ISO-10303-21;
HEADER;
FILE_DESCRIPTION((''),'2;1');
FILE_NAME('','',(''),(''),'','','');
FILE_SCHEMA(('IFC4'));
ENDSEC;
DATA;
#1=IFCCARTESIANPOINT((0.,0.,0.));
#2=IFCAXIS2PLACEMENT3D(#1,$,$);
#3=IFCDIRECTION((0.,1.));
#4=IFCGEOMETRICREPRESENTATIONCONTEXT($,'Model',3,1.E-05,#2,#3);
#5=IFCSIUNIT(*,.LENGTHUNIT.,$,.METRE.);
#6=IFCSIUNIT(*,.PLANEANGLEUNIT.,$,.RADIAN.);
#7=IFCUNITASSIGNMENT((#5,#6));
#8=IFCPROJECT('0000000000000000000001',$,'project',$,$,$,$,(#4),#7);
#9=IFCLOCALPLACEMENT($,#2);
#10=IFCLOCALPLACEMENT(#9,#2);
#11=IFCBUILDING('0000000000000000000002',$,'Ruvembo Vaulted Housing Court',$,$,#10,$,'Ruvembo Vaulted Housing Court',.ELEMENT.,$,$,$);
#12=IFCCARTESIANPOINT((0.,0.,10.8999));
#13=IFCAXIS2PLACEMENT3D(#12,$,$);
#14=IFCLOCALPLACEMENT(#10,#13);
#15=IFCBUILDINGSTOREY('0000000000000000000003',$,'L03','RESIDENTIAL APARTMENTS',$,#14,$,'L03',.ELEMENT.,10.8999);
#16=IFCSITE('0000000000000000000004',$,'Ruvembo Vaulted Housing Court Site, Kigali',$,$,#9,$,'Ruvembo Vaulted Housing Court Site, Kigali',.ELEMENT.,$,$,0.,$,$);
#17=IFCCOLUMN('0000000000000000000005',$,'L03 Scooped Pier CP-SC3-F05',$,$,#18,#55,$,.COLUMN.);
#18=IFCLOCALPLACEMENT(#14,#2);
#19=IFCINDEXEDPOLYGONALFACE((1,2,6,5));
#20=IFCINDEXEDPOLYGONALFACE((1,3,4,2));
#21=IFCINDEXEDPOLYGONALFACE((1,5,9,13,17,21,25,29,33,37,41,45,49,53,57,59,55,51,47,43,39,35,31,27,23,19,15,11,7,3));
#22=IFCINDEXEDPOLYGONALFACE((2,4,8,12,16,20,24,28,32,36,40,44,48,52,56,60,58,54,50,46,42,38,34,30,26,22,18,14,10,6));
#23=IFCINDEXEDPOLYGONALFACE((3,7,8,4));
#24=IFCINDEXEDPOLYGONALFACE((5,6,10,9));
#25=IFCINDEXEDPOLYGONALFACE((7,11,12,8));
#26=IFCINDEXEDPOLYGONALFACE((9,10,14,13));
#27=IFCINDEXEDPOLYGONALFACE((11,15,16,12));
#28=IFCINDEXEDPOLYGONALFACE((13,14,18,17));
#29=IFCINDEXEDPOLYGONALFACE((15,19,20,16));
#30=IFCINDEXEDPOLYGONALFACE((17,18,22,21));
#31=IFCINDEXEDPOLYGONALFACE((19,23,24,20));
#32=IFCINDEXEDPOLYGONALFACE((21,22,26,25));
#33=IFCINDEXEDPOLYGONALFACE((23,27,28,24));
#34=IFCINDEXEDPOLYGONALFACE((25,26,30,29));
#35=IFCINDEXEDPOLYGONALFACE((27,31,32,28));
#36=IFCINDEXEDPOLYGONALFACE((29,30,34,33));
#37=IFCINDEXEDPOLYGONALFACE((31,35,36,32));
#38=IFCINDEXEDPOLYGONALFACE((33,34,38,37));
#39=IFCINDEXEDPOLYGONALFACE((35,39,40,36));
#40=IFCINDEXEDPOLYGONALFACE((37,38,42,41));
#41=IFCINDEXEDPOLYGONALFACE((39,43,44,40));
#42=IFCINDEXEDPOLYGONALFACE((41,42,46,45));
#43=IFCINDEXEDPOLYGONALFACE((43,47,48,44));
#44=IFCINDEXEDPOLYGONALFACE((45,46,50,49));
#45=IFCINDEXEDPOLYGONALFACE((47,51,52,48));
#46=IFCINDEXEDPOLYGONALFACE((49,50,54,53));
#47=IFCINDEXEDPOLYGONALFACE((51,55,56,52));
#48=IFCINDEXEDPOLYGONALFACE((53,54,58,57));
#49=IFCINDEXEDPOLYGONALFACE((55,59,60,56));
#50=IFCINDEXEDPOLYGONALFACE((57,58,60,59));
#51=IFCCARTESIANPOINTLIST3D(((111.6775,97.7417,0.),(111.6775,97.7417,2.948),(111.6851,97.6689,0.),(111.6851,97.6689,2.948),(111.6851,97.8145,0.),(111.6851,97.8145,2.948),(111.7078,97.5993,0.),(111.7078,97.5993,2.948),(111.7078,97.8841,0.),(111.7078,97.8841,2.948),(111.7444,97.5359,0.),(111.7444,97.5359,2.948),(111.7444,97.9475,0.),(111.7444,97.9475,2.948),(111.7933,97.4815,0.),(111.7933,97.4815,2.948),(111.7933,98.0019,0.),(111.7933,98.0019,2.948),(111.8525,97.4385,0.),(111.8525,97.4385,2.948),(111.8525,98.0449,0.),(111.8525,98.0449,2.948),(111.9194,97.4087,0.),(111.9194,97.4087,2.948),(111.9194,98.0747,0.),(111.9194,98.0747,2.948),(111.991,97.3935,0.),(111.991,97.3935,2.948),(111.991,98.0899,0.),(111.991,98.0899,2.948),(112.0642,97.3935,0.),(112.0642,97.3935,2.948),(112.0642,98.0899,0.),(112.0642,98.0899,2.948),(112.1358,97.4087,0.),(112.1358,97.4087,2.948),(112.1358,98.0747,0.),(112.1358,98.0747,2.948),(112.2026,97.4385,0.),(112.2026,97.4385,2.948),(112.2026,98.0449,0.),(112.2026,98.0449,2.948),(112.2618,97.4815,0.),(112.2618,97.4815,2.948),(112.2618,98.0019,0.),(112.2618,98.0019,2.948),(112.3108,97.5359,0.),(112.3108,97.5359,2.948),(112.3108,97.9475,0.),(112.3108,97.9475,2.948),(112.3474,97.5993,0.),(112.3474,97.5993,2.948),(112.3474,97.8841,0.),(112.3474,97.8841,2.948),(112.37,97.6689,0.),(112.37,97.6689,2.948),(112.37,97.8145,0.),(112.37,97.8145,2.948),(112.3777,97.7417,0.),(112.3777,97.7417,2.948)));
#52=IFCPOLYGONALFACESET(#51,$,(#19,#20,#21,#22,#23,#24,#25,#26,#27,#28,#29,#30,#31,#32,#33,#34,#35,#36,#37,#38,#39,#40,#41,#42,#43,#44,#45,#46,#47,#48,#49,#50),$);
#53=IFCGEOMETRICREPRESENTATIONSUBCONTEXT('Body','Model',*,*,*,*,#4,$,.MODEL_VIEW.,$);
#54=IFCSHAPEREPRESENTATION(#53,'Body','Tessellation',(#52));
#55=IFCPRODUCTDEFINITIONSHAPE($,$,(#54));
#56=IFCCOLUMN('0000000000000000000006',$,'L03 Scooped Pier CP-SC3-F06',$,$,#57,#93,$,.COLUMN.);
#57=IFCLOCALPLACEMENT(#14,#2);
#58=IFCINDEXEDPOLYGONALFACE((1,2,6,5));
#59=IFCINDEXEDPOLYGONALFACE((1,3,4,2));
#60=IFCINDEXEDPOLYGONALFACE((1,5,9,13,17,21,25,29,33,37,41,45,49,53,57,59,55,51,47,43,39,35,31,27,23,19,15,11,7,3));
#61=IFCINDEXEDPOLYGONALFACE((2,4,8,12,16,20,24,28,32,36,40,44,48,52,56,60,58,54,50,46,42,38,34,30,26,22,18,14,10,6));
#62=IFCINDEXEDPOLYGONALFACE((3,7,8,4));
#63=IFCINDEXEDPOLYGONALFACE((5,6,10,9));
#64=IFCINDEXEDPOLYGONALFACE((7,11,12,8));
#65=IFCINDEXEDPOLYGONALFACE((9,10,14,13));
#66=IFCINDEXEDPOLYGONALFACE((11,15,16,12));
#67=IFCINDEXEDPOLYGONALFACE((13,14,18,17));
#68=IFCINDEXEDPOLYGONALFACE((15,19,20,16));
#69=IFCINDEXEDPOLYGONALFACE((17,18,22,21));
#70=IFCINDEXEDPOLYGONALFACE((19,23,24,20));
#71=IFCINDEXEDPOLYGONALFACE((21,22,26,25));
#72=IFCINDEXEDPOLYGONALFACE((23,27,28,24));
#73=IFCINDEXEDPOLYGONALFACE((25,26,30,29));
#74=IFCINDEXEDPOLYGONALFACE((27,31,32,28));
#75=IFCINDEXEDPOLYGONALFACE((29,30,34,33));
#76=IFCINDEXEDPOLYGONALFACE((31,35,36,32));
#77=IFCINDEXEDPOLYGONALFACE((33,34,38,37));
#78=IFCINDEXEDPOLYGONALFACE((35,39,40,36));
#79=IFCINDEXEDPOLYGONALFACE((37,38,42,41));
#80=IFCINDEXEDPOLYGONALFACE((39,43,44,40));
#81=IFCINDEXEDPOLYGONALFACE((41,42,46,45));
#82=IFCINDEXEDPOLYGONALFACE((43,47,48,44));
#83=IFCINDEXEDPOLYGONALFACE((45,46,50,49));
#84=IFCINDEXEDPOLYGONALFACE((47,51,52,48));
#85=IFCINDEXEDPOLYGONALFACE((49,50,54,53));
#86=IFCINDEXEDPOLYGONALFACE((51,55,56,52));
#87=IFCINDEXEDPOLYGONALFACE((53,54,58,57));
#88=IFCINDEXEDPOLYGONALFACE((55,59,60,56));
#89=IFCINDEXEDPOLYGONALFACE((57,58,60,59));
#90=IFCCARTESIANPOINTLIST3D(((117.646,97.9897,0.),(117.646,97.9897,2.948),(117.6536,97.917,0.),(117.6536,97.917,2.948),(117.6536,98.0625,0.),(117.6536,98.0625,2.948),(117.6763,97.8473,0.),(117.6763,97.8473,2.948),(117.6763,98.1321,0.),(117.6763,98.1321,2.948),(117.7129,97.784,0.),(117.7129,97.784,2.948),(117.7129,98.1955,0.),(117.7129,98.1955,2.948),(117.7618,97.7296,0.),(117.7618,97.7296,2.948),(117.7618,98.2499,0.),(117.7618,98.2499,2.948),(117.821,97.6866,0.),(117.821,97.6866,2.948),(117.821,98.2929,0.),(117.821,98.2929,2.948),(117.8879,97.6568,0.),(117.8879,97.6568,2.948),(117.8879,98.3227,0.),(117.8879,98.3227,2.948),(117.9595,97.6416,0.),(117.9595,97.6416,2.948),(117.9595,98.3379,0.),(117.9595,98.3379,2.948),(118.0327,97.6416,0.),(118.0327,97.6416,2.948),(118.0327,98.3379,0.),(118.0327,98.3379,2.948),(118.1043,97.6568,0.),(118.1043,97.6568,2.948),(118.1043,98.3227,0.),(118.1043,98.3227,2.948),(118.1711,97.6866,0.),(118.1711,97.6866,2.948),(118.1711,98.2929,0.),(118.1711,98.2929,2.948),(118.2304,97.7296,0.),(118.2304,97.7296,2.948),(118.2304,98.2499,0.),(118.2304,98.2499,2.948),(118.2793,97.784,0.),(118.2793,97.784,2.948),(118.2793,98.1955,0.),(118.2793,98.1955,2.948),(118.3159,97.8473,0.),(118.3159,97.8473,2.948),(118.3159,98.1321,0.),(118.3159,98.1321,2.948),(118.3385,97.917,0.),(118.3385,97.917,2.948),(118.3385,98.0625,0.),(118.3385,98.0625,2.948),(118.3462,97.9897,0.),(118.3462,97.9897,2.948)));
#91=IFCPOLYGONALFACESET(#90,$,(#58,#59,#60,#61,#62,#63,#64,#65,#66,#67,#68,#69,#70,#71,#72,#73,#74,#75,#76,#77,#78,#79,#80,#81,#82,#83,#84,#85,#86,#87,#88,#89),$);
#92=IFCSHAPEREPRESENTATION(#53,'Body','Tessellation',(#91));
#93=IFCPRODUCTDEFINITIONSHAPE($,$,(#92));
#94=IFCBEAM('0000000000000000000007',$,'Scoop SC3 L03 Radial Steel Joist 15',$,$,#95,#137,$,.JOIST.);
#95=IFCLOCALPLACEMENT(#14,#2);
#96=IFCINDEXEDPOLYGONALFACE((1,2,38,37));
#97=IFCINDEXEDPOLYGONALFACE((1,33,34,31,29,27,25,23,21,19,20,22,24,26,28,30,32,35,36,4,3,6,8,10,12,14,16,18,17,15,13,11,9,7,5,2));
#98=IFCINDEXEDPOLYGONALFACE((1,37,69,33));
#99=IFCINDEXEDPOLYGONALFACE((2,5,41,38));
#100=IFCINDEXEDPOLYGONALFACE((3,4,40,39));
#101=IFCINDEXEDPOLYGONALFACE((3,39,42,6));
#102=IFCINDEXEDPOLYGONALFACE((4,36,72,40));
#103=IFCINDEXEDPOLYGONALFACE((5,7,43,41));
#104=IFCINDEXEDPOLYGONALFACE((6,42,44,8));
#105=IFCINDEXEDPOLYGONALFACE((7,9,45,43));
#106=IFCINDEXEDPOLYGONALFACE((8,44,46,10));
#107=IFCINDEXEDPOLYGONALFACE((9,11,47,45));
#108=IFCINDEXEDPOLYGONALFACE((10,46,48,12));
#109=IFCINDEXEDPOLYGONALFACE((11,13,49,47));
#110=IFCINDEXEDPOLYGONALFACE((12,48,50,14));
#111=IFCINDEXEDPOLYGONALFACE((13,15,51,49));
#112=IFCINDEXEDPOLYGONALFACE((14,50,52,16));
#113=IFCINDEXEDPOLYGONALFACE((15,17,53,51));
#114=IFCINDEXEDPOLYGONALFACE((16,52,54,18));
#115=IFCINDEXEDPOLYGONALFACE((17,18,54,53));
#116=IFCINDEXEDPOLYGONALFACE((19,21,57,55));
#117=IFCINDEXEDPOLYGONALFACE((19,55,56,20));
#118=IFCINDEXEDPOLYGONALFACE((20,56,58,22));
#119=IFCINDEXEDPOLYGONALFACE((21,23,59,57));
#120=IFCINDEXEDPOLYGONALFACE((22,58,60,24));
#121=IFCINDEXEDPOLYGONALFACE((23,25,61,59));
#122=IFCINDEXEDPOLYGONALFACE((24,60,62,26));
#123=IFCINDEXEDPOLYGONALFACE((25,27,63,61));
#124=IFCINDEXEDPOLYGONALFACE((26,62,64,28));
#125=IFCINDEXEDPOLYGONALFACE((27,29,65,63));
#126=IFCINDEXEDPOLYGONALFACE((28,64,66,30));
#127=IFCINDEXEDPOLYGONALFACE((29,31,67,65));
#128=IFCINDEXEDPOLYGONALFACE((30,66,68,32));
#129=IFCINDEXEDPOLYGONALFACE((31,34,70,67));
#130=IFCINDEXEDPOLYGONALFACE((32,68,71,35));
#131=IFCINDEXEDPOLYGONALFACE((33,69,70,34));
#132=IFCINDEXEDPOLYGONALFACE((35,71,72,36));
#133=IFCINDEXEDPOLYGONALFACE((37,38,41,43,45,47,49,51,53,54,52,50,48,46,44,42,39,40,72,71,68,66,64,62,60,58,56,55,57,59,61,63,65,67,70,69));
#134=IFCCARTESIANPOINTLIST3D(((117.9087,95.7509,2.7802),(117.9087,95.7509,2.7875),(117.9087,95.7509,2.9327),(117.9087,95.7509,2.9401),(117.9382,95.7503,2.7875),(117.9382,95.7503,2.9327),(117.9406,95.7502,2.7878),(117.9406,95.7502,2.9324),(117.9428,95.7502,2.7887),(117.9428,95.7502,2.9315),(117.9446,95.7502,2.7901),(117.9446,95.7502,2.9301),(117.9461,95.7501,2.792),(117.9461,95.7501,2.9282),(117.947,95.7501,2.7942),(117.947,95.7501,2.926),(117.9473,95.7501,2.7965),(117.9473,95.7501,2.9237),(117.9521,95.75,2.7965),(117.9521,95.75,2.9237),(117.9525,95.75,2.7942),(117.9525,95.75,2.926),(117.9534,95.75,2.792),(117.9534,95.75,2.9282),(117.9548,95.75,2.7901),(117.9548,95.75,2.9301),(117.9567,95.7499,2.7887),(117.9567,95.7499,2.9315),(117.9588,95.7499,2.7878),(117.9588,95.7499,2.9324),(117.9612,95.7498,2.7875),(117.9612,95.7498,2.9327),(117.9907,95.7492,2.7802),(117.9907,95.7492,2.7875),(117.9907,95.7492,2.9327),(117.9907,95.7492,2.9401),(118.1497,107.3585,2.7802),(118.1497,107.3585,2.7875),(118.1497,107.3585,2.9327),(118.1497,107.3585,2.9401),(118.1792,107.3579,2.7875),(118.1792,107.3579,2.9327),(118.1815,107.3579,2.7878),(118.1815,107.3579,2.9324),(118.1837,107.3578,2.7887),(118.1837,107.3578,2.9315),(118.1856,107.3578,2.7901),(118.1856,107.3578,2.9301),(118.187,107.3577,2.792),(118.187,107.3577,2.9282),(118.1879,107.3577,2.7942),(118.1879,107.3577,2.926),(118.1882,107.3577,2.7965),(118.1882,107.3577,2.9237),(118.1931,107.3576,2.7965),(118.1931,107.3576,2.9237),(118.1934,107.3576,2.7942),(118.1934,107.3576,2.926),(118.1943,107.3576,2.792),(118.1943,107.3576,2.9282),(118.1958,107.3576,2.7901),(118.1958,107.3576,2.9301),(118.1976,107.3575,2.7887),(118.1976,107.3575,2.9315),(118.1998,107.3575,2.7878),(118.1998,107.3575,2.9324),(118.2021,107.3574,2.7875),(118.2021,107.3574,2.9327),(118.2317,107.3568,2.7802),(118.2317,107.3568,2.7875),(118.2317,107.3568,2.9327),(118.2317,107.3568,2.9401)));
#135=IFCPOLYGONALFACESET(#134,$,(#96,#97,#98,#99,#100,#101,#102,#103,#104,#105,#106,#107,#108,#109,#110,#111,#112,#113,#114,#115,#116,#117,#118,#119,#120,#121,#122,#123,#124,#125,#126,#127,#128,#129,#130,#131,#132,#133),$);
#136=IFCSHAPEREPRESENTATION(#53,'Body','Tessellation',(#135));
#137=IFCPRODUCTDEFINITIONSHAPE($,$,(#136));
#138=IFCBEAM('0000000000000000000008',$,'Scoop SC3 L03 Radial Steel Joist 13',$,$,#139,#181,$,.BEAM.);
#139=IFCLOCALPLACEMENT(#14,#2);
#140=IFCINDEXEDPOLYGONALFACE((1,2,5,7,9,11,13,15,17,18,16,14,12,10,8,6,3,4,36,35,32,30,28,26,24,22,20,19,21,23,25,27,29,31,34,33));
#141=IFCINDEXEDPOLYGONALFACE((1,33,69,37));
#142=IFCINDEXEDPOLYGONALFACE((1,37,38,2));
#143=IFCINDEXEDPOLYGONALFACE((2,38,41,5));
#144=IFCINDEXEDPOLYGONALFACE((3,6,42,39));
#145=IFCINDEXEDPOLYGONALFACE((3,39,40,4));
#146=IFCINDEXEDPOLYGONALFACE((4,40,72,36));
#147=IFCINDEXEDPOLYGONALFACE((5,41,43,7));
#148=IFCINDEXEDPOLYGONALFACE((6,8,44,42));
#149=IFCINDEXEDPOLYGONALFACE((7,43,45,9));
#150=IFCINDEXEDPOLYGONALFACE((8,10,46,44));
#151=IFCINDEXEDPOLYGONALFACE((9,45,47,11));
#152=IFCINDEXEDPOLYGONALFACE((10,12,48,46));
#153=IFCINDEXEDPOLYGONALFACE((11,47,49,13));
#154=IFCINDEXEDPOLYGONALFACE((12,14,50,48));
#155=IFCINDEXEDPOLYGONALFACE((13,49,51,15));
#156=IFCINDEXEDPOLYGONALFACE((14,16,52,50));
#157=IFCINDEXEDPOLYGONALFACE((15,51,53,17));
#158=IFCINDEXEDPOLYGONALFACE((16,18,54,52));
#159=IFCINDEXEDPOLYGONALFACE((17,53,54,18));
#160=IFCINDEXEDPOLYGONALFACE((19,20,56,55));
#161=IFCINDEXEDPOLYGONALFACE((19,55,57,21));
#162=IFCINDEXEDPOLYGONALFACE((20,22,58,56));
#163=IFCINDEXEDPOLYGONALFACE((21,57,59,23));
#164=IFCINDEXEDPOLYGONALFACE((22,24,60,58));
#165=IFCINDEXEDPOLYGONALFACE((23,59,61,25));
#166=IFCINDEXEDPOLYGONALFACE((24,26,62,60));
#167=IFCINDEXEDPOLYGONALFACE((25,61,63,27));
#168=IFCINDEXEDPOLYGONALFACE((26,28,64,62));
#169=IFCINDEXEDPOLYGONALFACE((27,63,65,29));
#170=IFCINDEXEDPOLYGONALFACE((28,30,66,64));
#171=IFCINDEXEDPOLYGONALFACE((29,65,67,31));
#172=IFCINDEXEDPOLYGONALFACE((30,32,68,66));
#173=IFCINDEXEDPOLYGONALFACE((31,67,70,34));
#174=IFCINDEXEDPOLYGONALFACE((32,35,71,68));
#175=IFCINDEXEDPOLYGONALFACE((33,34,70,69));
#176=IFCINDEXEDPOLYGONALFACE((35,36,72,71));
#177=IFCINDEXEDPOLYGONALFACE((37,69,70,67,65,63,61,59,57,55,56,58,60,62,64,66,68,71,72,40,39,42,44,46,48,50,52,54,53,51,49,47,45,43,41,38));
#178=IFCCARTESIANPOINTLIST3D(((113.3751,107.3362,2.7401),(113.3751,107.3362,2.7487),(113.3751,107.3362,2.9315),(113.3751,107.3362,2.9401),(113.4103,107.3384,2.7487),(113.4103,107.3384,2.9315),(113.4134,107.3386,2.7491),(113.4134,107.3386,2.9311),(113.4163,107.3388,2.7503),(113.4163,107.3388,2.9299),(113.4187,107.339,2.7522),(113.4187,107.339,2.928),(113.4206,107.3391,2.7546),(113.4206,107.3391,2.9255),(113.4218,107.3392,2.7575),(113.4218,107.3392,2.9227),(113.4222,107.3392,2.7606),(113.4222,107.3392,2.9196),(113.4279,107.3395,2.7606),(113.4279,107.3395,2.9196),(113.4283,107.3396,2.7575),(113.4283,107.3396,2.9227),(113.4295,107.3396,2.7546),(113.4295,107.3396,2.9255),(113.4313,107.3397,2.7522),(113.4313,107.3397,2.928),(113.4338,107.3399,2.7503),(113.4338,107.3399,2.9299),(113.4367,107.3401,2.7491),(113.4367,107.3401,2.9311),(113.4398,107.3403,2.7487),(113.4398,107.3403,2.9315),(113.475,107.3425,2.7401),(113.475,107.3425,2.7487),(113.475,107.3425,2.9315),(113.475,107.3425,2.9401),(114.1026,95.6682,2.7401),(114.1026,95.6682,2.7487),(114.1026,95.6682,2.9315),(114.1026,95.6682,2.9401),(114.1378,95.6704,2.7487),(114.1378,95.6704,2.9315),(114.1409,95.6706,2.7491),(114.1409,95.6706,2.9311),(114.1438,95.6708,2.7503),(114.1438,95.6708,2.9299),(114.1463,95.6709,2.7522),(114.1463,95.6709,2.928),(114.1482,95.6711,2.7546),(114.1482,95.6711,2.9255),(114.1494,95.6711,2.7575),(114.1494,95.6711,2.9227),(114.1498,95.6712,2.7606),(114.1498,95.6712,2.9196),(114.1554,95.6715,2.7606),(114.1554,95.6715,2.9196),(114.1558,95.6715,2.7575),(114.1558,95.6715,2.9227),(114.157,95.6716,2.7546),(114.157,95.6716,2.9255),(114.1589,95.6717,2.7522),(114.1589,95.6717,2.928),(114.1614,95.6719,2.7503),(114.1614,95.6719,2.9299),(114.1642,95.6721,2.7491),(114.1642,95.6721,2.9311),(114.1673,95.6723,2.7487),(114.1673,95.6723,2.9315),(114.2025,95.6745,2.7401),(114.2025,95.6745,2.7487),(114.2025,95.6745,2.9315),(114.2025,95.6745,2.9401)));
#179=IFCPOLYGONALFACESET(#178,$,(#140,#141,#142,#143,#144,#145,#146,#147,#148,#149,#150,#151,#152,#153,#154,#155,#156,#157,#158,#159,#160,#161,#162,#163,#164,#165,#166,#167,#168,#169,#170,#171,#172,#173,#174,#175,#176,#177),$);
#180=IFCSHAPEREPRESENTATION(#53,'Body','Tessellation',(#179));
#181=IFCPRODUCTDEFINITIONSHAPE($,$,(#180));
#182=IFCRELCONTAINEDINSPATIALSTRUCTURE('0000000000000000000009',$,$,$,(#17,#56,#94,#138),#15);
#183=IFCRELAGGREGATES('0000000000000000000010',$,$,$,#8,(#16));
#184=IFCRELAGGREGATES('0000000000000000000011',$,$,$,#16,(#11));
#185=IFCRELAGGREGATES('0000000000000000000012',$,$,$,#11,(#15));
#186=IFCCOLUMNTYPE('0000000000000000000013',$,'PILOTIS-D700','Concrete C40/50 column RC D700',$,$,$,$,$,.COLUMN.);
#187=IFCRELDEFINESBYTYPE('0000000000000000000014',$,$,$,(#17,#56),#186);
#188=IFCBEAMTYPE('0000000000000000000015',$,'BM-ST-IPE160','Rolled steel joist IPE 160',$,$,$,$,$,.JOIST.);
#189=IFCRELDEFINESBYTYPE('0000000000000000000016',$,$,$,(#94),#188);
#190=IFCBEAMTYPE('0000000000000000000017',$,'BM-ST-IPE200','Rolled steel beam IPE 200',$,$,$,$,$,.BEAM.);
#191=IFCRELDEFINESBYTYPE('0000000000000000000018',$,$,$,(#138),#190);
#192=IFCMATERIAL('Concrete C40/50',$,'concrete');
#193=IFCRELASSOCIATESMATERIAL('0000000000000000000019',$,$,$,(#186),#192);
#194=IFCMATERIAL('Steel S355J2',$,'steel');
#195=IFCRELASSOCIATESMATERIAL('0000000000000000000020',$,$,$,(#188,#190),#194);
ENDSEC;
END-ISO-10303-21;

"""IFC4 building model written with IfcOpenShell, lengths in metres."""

from ifc_helpers import new_model, si_unit, direction, frame, origin, origin_2d, place, context, subcontext, project, spatial, circle, i_section, extrude, material, material_profile, profile_set, type_object, element, save


model = new_model("IFC4")

# Units and contexts
model_context = context("Model", 3, precision=1e-05, world=origin(), true_north=direction((0.0, 1.0)))
body_context = subcontext(model_context, "Body", "Model", "MODEL_VIEW")
ifc_project = project(units=[si_unit("LENGTHUNIT", "METRE"), si_unit("PLANEANGLEUNIT", "RADIAN")], contexts=[model_context])

# Site, building, storey
site_placement = place(None, origin())
site = spatial("IfcSite", under=ifc_project, at=site_placement, Name="Ruvembo Vaulted Housing Court Site, Kigali", LongName="Ruvembo Vaulted Housing Court Site, Kigali", CompositionType="ELEMENT", RefElevation=0.0)
building_placement = place(site_placement, origin())
building = spatial("IfcBuilding", under=site, at=building_placement, Name="Ruvembo Vaulted Housing Court", LongName="Ruvembo Vaulted Housing Court", CompositionType="ELEMENT")
storey_placement = place(building_placement, frame((0.0, 0.0, 10.8999)))
storey = spatial("IfcBuildingStorey", under=building, at=storey_placement, Name="L03", Description="RESIDENTIAL APARTMENTS", LongName="L03", CompositionType="ELEMENT", Elevation=10.8999)

# Columns
ifc_material_1 = material(Name="Concrete C40/50", Category="concrete")
ifc_material_profile_1 = material_profile(ifc_material_1, circle(Radius=0.3501, at=origin_2d()), Name="RC D700")
ifc_profile_set_1 = profile_set([ifc_material_profile_1], Name="Concrete C40/50")
column_type = type_object("IfcColumnType", Name="PILOTIS-D700", Description="Concrete C40/50 column RC D700", PredefinedType="COLUMN", material=ifc_profile_set_1)
for number, where, z_axis, x_axis, name in (
    (1, (112.0276, 97.7417, 0.0), (0.0, 0.0, 1.0), (1.0, 0.0, 0.0), "L03 Scooped Pier CP-SC3-F05"),
    (2, (117.9961, 97.9897, 0.0), (0.0, 0.0, 1.0), (1.0, 0.0, 0.0), "L03 Scooped Pier CP-SC3-F06"),
):
    element("IfcColumn", number, at=place(storey_placement, frame(where, z_axis=z_axis, x_axis=x_axis)), inside=storey, type_object=column_type, Name=name, PredefinedType="COLUMN", context=body_context, shape_type="SweptSolid", body=[
        extrude(circle(Radius=0.3501, at=origin_2d()), origin(), (0.0, 0.0, 1.0), 2.948),
    ])

# Beams
ifc_material_2 = material(Name="Steel S355J2", Category="steel")
ifc_material_profile_2 = material_profile(ifc_material_2, i_section(OverallWidth=0.082, OverallDepth=0.1599, WebThickness=0.0049, FlangeThickness=0.0073, FilletRadius=0.009, at=origin_2d()), Name="IPE 160")
ifc_profile_set_2 = profile_set([ifc_material_profile_2], Name="Steel S355J2")
beam_type_1 = type_object("IfcBeamType", Name="BM-ST-IPE160", Description="Rolled steel joist IPE 160", PredefinedType="JOIST", material=ifc_profile_set_2)
beam_1_placement = place(storey_placement, frame((118.1907, 107.3577, 2.8601), z_axis=(-0.020755, -0.999785, 0.0), x_axis=(0.999785, -0.020755, 0.0)))
element("IfcBeam", 3, at=beam_1_placement, inside=storey, type_object=beam_type_1, Name="Scoop SC3 L03 Radial Steel Joist 15", PredefinedType="JOIST", context=body_context, shape_type="SweptSolid", body=[
    extrude(i_section(OverallWidth=0.082, OverallDepth=0.1599, WebThickness=0.0049, FlangeThickness=0.0073, FilletRadius=0.009, at=origin_2d()), origin(), (0.0, 0.0, 1.0), 11.6101),
])
ifc_material_profile_3 = material_profile(ifc_material_2, i_section(OverallWidth=0.1001, OverallDepth=0.2, WebThickness=0.0056, FlangeThickness=0.0085, FilletRadius=0.012, at=origin_2d()), Name="IPE 200")
ifc_profile_set_3 = profile_set([ifc_material_profile_3], Name="Steel S355J2")
beam_type_2 = type_object("IfcBeamType", Name="BM-ST-IPE200", Description="Rolled steel beam IPE 200", PredefinedType="BEAM", material=ifc_profile_set_3)
beam_2_placement = place(storey_placement, frame((113.425, 107.3394, 2.8401), z_axis=(0.062233, -0.998062, 0.0), x_axis=(0.998062, 0.062233, 0.0)))
element("IfcBeam", 4, at=beam_2_placement, inside=storey, type_object=beam_type_2, Name="Scoop SC3 L03 Radial Steel Joist 13", PredefinedType="BEAM", context=body_context, shape_type="SweptSolid", body=[
    extrude(i_section(OverallWidth=0.1001, OverallDepth=0.2, WebThickness=0.0056, FlangeThickness=0.0085, FilletRadius=0.012, at=origin_2d()), origin(), (0.0, 0.0, 1.0), 11.6907),
])

save(model, "model.ifc")
